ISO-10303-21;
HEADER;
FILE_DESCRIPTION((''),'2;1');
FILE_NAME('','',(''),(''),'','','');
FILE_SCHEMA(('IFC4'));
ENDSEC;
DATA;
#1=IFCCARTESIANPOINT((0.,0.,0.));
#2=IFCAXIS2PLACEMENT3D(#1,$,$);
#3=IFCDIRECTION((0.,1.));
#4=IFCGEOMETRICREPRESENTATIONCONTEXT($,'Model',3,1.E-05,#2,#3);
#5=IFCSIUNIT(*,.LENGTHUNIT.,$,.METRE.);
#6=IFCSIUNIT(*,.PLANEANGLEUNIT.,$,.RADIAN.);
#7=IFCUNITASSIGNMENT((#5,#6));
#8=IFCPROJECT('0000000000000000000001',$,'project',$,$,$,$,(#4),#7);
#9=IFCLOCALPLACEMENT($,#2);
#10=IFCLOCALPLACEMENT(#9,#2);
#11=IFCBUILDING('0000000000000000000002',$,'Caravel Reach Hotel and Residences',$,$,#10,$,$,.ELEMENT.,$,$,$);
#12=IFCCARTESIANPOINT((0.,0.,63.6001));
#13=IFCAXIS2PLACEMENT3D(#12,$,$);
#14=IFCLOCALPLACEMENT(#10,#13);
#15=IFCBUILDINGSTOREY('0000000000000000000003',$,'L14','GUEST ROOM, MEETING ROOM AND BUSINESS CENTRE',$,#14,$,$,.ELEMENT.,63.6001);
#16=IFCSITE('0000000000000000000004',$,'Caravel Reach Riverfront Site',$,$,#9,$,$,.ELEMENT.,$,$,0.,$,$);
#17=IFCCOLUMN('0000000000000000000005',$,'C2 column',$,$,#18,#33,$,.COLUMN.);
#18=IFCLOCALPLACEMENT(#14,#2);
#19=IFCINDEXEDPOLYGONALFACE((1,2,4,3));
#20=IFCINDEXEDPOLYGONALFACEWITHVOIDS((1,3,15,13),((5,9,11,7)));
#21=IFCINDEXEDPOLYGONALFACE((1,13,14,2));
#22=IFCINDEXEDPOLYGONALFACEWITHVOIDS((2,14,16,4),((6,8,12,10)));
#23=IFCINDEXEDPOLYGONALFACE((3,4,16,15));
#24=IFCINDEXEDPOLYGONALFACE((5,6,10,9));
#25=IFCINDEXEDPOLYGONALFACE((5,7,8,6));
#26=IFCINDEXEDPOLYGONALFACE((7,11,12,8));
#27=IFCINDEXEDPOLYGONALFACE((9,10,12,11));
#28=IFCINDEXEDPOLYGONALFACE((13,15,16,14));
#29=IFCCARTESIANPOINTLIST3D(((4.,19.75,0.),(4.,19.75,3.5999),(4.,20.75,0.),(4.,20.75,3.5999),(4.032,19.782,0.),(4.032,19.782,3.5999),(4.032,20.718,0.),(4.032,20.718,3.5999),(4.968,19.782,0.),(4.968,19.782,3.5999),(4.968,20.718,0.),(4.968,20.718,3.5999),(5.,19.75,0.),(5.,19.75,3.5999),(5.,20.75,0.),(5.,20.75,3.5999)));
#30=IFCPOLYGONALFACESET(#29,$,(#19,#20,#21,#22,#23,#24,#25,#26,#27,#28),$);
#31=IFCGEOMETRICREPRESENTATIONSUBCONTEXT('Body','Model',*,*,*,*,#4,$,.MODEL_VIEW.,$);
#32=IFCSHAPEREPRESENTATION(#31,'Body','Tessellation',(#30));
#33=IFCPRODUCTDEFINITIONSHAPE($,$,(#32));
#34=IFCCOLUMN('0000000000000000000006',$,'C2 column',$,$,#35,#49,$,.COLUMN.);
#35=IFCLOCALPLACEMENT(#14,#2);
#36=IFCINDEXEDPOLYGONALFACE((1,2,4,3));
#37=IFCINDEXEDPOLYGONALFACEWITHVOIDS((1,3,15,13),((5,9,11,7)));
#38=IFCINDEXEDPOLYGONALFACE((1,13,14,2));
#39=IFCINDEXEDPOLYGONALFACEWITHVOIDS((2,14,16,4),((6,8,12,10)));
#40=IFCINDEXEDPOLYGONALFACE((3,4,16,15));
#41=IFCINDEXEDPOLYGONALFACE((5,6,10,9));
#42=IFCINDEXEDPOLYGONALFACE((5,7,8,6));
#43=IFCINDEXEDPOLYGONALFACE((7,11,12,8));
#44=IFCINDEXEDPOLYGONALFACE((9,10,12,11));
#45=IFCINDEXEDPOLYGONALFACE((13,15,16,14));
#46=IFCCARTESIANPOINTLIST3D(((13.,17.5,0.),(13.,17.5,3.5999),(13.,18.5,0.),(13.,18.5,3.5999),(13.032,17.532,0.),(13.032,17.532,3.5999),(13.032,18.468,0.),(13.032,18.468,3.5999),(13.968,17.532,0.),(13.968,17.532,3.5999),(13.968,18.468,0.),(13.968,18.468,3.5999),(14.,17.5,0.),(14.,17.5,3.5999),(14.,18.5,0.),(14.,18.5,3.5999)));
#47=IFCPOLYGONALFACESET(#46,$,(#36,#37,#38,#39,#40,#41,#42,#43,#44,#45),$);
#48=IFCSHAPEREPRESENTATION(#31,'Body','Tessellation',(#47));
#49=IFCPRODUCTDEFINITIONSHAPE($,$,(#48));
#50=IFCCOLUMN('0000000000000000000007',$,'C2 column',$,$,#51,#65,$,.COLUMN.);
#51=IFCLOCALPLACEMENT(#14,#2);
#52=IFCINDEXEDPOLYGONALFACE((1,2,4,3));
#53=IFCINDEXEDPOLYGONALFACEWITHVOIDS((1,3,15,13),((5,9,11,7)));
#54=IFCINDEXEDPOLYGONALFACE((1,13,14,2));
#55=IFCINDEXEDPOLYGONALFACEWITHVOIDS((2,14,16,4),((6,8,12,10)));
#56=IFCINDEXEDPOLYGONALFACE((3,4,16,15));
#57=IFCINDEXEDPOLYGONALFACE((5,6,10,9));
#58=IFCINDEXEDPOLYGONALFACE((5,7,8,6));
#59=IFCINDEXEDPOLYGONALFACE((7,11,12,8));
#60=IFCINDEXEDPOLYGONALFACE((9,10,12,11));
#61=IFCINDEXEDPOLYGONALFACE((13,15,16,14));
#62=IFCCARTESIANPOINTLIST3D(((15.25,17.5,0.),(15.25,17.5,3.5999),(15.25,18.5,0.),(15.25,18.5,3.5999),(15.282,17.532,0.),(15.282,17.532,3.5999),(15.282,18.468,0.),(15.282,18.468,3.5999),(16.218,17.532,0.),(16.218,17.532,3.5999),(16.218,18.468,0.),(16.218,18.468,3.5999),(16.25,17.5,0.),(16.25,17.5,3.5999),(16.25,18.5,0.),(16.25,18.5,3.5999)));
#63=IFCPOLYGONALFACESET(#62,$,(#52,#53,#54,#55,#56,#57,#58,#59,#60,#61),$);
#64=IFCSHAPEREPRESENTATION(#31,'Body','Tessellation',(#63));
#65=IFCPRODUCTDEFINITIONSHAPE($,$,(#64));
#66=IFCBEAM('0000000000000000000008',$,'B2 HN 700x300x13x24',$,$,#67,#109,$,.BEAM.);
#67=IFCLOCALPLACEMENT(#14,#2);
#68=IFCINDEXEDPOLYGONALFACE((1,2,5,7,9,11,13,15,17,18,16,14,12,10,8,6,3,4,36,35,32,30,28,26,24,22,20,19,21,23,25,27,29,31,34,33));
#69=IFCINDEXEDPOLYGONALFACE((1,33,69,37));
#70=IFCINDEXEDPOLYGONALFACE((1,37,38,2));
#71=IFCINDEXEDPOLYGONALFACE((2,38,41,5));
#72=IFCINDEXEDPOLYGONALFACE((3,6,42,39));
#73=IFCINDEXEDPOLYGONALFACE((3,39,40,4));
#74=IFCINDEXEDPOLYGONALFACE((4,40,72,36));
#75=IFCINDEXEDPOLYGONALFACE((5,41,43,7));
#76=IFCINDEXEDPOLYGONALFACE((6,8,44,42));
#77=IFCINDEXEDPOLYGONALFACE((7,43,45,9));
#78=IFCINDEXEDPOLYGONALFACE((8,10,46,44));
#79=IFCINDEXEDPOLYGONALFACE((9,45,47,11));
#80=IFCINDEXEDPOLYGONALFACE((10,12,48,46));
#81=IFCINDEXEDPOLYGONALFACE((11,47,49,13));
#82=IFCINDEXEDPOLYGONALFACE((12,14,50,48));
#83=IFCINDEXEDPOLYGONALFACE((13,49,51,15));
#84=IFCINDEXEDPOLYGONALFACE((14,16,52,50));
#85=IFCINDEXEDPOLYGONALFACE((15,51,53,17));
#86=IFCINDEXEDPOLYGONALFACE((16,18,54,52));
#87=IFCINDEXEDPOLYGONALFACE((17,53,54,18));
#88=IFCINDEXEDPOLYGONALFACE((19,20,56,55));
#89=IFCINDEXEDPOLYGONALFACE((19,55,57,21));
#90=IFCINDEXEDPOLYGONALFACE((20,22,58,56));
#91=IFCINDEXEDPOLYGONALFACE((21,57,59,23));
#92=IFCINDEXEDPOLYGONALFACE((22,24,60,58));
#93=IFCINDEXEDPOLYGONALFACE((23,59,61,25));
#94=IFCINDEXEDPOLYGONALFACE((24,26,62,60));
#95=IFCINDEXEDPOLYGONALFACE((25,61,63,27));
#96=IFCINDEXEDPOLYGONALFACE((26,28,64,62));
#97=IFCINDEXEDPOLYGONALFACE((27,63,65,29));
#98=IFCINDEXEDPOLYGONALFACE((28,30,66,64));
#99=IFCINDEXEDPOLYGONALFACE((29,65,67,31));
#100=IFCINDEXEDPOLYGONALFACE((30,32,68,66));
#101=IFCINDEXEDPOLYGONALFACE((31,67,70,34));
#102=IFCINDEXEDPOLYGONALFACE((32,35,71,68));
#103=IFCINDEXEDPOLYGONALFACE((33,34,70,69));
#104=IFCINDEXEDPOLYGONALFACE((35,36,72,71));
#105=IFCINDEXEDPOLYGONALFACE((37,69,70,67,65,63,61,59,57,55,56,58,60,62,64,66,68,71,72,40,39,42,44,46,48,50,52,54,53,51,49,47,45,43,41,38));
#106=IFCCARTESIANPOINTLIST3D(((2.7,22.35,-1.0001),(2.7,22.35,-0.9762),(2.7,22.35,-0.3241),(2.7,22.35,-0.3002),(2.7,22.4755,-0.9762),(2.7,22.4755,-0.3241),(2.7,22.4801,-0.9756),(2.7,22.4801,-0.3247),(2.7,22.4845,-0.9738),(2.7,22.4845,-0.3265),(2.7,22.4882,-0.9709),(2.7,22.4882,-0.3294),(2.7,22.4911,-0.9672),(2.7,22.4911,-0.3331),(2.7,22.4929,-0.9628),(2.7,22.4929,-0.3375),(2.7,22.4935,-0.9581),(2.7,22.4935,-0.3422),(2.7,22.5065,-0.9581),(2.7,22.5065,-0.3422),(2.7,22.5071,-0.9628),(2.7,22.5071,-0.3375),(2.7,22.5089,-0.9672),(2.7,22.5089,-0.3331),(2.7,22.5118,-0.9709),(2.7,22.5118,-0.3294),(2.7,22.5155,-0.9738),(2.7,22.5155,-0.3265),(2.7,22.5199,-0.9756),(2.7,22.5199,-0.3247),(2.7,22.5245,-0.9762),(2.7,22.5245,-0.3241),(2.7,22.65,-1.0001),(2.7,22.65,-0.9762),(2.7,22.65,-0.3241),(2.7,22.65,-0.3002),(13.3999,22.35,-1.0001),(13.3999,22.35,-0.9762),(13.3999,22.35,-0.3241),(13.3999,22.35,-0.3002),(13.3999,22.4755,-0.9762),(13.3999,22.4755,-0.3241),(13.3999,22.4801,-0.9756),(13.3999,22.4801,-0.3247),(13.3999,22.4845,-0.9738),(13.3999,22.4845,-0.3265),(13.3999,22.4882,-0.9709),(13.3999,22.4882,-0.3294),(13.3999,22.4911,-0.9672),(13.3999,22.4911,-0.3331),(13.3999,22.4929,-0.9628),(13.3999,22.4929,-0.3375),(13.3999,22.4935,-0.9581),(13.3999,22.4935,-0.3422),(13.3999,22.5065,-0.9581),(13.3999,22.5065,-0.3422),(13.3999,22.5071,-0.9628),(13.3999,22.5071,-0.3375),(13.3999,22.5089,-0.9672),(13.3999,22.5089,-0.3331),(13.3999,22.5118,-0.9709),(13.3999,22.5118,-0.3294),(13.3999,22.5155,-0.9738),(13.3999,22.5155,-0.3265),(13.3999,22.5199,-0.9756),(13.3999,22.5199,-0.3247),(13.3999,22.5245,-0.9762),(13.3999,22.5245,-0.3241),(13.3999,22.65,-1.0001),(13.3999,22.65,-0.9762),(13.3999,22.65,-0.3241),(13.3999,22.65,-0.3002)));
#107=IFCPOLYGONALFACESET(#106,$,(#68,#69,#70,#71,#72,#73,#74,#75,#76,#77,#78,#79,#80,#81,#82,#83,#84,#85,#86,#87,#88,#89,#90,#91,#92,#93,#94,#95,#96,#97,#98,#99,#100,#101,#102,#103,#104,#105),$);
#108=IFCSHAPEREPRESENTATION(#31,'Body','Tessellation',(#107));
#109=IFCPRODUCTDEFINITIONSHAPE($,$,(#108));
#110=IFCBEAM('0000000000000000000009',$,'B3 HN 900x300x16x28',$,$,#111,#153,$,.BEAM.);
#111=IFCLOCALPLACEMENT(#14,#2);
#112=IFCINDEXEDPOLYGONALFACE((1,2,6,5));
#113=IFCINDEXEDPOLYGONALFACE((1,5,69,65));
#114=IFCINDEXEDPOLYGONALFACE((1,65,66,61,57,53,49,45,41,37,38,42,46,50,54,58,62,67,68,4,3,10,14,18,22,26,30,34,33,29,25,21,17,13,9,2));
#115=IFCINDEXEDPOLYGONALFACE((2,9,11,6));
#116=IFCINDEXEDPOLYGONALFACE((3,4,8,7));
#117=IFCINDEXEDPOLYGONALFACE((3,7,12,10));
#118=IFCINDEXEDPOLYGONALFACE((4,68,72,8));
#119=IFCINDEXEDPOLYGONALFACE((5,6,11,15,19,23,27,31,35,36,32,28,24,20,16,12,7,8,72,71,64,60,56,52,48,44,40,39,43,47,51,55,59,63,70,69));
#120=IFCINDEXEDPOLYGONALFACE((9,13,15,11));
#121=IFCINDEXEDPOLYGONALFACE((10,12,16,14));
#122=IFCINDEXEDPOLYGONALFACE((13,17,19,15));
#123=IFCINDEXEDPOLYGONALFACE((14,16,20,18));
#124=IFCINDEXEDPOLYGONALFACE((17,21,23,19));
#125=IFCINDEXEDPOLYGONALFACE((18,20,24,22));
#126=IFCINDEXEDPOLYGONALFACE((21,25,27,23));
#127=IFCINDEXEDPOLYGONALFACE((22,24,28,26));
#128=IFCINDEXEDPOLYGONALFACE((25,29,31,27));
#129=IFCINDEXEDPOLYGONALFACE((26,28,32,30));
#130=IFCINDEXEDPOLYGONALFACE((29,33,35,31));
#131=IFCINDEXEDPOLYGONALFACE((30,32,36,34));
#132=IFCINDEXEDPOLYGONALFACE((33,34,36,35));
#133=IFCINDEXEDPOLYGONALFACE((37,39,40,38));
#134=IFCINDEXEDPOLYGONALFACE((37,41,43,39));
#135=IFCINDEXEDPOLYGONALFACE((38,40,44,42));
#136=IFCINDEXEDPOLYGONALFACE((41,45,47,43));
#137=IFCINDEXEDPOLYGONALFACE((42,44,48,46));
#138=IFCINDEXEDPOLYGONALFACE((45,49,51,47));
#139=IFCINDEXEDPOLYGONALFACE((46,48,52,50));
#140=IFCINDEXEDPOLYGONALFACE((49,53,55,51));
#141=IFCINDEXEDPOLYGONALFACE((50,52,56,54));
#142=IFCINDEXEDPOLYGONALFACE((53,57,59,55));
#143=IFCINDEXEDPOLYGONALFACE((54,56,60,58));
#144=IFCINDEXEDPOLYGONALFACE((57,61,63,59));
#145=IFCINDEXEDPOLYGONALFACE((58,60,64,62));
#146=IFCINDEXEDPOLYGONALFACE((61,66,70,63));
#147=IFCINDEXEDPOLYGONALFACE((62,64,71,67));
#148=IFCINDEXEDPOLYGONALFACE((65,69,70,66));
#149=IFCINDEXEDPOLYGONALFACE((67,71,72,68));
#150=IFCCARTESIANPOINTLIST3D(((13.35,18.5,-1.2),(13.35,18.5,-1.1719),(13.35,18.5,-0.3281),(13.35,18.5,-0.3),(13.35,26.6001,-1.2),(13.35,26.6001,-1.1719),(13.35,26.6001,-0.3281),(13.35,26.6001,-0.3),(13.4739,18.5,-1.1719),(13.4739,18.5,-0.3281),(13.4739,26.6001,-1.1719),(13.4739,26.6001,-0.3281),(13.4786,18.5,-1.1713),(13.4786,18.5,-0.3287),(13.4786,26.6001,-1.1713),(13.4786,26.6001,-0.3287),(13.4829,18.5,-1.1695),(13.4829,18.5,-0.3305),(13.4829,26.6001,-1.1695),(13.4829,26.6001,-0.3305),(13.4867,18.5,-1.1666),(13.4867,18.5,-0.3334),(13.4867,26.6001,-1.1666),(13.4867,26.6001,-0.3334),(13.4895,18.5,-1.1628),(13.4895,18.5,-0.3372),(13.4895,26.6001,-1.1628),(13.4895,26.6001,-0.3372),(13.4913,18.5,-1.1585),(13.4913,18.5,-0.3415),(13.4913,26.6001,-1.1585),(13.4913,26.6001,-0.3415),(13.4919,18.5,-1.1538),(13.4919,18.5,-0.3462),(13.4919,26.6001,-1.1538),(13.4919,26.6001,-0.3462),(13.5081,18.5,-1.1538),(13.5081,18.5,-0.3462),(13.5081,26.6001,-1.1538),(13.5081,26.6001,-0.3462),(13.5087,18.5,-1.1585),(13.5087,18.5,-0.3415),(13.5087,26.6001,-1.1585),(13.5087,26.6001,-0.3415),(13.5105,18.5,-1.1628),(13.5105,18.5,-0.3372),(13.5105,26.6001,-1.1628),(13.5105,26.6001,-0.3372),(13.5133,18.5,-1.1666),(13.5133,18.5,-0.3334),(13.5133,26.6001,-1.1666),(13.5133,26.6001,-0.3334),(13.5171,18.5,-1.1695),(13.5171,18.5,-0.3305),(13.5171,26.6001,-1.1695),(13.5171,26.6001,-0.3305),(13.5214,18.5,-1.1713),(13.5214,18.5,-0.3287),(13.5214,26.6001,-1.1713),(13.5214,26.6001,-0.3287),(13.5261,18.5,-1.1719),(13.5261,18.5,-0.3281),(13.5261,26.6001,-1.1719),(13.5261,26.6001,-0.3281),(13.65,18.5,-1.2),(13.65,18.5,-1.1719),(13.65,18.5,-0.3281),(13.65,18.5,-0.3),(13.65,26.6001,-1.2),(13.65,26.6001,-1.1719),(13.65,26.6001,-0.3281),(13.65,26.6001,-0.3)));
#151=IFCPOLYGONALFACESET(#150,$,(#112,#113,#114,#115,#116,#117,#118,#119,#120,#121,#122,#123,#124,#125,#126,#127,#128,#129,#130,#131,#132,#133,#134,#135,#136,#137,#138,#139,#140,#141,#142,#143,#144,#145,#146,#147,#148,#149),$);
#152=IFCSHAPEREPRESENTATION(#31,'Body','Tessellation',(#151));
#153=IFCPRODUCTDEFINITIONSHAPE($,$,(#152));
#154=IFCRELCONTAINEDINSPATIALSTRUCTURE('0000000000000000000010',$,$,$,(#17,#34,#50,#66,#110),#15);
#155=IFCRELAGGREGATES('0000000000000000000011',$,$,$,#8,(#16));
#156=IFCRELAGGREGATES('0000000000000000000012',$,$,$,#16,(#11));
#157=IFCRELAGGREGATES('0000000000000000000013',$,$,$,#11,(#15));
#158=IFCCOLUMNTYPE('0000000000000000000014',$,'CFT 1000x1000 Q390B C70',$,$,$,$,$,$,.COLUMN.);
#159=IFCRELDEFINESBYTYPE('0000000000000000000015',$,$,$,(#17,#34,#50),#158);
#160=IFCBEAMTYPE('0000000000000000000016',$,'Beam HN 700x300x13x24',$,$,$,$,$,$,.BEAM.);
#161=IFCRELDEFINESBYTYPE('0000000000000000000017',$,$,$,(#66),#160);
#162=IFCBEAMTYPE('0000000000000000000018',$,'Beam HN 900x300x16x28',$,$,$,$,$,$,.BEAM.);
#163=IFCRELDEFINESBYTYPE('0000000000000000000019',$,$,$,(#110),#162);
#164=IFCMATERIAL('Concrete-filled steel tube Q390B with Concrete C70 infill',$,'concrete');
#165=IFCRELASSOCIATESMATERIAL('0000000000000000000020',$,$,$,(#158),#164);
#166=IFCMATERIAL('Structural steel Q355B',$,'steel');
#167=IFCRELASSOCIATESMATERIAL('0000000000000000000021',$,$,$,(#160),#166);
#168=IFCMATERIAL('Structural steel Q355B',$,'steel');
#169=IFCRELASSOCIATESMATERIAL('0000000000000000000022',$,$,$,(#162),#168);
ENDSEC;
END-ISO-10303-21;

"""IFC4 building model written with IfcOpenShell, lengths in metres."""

from ifc_helpers import new_model, si_unit, direction, frame, origin, origin_2d, place, context, subcontext, project, spatial, hollow_rectangle, i_section, extrude, material, material_profile, profile_set, type_object, element, save


model = new_model("IFC4")

# Units and contexts
model_context = context("Model", 3, precision=1e-05, world=origin(), true_north=direction((0.0, 1.0)))
body_context = subcontext(model_context, "Body", "Model", "MODEL_VIEW")
ifc_project = project(units=[si_unit("LENGTHUNIT", "METRE"), si_unit("PLANEANGLEUNIT", "RADIAN")], contexts=[model_context])

# Site, building, storey
site_placement = place(None, origin())
site = spatial("IfcSite", under=ifc_project, at=site_placement, Name="Caravel Reach Riverfront Site", CompositionType="ELEMENT", RefElevation=0.0)
building_placement = place(site_placement, origin())
building = spatial("IfcBuilding", under=site, at=building_placement, Name="Caravel Reach Hotel and Residences", CompositionType="ELEMENT")
storey_placement = place(building_placement, frame((0.0, 0.0, 63.6001)))
storey = spatial("IfcBuildingStorey", under=building, at=storey_placement, Name="L14", Description="GUEST ROOM, MEETING ROOM AND BUSINESS CENTRE", CompositionType="ELEMENT", Elevation=63.6001)

# Columns
ifc_material_1 = material(Name="Concrete-filled steel tube Q390B with Concrete C70 infill", Category="concrete")
ifc_material_profile_1 = material_profile(ifc_material_1, hollow_rectangle(XDim=1.0, YDim=1.0, WallThickness=0.032, at=origin_2d()), Name="RHS 1000x1000x32")
ifc_profile_set_1 = profile_set([ifc_material_profile_1], Name="Concrete-filled steel tube Q390B with Concrete C70 infill")
column_type = type_object("IfcColumnType", Name="CFT 1000x1000 Q390B C70", PredefinedType="COLUMN", material=ifc_profile_set_1)
for number, where, z_axis, x_axis, name in (
    (1, (4.5, 20.25, 0.0), (0.0, 0.0, 1.0), (1.0, 0.0, 0.0), "C2 column"),
    (2, (13.5, 18.0, 0.0), (0.0, 0.0, 1.0), (1.0, 0.0, 0.0), "C2 column"),
    (3, (15.75, 18.0, 0.0), (0.0, 0.0, 1.0), (1.0, 0.0, 0.0), "C2 column"),
):
    element("IfcColumn", number, at=place(storey_placement, frame(where, z_axis=z_axis, x_axis=x_axis)), inside=storey, type_object=column_type, Name=name, PredefinedType="COLUMN", context=body_context, shape_type="SweptSolid", body=[
        extrude(hollow_rectangle(XDim=1.0, YDim=1.0, WallThickness=0.032, at=origin_2d()), origin(), (0.0, 0.0, 1.0), 3.5999),
    ])

# Beams
ifc_material_2 = material(Name="Structural steel Q355B", Category="steel")
ifc_material_profile_2 = material_profile(ifc_material_2, i_section(OverallWidth=0.3, OverallDepth=0.7, WebThickness=0.0129, FlangeThickness=0.0239, FilletRadius=0.0181, at=origin_2d()), Name="HN 700x300x13x24")
ifc_profile_set_2 = profile_set([ifc_material_profile_2], Name="Structural steel Q355B")
beam_type_1 = type_object("IfcBeamType", Name="Beam HN 700x300x13x24", PredefinedType="BEAM", material=ifc_profile_set_2)
beam_1_placement = place(storey_placement, frame((13.3999, 22.5, -0.6501), z_axis=(-1.0, 0.0, 0.0), x_axis=(0.0, -1.0, 0.0)))
element("IfcBeam", 4, at=beam_1_placement, inside=storey, type_object=beam_type_1, Name="B2 HN 700x300x13x24", PredefinedType="BEAM", context=body_context, shape_type="SweptSolid", body=[
    extrude(i_section(OverallWidth=0.3, OverallDepth=0.7, WebThickness=0.0129, FlangeThickness=0.0239, FilletRadius=0.0181, at=origin_2d()), origin(), (0.0, 0.0, 1.0), 10.7),
])
ifc_material_3 = material(Name="Structural steel Q355B", Category="steel")
ifc_material_profile_3 = material_profile(ifc_material_3, i_section(OverallWidth=0.3, OverallDepth=0.8999, WebThickness=0.0161, FlangeThickness=0.0281, FilletRadius=0.0181, at=origin_2d()), Name="HN 900x300x16x28")
ifc_profile_set_3 = profile_set([ifc_material_profile_3], Name="Structural steel Q355B")
beam_type_2 = type_object("IfcBeamType", Name="Beam HN 900x300x16x28", PredefinedType="BEAM", material=ifc_profile_set_3)
beam_2_placement = place(storey_placement, frame((13.5, 18.5, -0.75), z_axis=(0.0, 1.0, 0.0), x_axis=(-1.0, 0.0, 0.0)))
element("IfcBeam", 5, at=beam_2_placement, inside=storey, type_object=beam_type_2, Name="B3 HN 900x300x16x28", PredefinedType="BEAM", context=body_context, shape_type="SweptSolid", body=[
    extrude(i_section(OverallWidth=0.3, OverallDepth=0.8999, WebThickness=0.0161, FlangeThickness=0.0281, FilletRadius=0.0181, at=origin_2d()), origin(), (0.0, 0.0, 1.0), 8.1001),
])

save(model, "model.ifc")
